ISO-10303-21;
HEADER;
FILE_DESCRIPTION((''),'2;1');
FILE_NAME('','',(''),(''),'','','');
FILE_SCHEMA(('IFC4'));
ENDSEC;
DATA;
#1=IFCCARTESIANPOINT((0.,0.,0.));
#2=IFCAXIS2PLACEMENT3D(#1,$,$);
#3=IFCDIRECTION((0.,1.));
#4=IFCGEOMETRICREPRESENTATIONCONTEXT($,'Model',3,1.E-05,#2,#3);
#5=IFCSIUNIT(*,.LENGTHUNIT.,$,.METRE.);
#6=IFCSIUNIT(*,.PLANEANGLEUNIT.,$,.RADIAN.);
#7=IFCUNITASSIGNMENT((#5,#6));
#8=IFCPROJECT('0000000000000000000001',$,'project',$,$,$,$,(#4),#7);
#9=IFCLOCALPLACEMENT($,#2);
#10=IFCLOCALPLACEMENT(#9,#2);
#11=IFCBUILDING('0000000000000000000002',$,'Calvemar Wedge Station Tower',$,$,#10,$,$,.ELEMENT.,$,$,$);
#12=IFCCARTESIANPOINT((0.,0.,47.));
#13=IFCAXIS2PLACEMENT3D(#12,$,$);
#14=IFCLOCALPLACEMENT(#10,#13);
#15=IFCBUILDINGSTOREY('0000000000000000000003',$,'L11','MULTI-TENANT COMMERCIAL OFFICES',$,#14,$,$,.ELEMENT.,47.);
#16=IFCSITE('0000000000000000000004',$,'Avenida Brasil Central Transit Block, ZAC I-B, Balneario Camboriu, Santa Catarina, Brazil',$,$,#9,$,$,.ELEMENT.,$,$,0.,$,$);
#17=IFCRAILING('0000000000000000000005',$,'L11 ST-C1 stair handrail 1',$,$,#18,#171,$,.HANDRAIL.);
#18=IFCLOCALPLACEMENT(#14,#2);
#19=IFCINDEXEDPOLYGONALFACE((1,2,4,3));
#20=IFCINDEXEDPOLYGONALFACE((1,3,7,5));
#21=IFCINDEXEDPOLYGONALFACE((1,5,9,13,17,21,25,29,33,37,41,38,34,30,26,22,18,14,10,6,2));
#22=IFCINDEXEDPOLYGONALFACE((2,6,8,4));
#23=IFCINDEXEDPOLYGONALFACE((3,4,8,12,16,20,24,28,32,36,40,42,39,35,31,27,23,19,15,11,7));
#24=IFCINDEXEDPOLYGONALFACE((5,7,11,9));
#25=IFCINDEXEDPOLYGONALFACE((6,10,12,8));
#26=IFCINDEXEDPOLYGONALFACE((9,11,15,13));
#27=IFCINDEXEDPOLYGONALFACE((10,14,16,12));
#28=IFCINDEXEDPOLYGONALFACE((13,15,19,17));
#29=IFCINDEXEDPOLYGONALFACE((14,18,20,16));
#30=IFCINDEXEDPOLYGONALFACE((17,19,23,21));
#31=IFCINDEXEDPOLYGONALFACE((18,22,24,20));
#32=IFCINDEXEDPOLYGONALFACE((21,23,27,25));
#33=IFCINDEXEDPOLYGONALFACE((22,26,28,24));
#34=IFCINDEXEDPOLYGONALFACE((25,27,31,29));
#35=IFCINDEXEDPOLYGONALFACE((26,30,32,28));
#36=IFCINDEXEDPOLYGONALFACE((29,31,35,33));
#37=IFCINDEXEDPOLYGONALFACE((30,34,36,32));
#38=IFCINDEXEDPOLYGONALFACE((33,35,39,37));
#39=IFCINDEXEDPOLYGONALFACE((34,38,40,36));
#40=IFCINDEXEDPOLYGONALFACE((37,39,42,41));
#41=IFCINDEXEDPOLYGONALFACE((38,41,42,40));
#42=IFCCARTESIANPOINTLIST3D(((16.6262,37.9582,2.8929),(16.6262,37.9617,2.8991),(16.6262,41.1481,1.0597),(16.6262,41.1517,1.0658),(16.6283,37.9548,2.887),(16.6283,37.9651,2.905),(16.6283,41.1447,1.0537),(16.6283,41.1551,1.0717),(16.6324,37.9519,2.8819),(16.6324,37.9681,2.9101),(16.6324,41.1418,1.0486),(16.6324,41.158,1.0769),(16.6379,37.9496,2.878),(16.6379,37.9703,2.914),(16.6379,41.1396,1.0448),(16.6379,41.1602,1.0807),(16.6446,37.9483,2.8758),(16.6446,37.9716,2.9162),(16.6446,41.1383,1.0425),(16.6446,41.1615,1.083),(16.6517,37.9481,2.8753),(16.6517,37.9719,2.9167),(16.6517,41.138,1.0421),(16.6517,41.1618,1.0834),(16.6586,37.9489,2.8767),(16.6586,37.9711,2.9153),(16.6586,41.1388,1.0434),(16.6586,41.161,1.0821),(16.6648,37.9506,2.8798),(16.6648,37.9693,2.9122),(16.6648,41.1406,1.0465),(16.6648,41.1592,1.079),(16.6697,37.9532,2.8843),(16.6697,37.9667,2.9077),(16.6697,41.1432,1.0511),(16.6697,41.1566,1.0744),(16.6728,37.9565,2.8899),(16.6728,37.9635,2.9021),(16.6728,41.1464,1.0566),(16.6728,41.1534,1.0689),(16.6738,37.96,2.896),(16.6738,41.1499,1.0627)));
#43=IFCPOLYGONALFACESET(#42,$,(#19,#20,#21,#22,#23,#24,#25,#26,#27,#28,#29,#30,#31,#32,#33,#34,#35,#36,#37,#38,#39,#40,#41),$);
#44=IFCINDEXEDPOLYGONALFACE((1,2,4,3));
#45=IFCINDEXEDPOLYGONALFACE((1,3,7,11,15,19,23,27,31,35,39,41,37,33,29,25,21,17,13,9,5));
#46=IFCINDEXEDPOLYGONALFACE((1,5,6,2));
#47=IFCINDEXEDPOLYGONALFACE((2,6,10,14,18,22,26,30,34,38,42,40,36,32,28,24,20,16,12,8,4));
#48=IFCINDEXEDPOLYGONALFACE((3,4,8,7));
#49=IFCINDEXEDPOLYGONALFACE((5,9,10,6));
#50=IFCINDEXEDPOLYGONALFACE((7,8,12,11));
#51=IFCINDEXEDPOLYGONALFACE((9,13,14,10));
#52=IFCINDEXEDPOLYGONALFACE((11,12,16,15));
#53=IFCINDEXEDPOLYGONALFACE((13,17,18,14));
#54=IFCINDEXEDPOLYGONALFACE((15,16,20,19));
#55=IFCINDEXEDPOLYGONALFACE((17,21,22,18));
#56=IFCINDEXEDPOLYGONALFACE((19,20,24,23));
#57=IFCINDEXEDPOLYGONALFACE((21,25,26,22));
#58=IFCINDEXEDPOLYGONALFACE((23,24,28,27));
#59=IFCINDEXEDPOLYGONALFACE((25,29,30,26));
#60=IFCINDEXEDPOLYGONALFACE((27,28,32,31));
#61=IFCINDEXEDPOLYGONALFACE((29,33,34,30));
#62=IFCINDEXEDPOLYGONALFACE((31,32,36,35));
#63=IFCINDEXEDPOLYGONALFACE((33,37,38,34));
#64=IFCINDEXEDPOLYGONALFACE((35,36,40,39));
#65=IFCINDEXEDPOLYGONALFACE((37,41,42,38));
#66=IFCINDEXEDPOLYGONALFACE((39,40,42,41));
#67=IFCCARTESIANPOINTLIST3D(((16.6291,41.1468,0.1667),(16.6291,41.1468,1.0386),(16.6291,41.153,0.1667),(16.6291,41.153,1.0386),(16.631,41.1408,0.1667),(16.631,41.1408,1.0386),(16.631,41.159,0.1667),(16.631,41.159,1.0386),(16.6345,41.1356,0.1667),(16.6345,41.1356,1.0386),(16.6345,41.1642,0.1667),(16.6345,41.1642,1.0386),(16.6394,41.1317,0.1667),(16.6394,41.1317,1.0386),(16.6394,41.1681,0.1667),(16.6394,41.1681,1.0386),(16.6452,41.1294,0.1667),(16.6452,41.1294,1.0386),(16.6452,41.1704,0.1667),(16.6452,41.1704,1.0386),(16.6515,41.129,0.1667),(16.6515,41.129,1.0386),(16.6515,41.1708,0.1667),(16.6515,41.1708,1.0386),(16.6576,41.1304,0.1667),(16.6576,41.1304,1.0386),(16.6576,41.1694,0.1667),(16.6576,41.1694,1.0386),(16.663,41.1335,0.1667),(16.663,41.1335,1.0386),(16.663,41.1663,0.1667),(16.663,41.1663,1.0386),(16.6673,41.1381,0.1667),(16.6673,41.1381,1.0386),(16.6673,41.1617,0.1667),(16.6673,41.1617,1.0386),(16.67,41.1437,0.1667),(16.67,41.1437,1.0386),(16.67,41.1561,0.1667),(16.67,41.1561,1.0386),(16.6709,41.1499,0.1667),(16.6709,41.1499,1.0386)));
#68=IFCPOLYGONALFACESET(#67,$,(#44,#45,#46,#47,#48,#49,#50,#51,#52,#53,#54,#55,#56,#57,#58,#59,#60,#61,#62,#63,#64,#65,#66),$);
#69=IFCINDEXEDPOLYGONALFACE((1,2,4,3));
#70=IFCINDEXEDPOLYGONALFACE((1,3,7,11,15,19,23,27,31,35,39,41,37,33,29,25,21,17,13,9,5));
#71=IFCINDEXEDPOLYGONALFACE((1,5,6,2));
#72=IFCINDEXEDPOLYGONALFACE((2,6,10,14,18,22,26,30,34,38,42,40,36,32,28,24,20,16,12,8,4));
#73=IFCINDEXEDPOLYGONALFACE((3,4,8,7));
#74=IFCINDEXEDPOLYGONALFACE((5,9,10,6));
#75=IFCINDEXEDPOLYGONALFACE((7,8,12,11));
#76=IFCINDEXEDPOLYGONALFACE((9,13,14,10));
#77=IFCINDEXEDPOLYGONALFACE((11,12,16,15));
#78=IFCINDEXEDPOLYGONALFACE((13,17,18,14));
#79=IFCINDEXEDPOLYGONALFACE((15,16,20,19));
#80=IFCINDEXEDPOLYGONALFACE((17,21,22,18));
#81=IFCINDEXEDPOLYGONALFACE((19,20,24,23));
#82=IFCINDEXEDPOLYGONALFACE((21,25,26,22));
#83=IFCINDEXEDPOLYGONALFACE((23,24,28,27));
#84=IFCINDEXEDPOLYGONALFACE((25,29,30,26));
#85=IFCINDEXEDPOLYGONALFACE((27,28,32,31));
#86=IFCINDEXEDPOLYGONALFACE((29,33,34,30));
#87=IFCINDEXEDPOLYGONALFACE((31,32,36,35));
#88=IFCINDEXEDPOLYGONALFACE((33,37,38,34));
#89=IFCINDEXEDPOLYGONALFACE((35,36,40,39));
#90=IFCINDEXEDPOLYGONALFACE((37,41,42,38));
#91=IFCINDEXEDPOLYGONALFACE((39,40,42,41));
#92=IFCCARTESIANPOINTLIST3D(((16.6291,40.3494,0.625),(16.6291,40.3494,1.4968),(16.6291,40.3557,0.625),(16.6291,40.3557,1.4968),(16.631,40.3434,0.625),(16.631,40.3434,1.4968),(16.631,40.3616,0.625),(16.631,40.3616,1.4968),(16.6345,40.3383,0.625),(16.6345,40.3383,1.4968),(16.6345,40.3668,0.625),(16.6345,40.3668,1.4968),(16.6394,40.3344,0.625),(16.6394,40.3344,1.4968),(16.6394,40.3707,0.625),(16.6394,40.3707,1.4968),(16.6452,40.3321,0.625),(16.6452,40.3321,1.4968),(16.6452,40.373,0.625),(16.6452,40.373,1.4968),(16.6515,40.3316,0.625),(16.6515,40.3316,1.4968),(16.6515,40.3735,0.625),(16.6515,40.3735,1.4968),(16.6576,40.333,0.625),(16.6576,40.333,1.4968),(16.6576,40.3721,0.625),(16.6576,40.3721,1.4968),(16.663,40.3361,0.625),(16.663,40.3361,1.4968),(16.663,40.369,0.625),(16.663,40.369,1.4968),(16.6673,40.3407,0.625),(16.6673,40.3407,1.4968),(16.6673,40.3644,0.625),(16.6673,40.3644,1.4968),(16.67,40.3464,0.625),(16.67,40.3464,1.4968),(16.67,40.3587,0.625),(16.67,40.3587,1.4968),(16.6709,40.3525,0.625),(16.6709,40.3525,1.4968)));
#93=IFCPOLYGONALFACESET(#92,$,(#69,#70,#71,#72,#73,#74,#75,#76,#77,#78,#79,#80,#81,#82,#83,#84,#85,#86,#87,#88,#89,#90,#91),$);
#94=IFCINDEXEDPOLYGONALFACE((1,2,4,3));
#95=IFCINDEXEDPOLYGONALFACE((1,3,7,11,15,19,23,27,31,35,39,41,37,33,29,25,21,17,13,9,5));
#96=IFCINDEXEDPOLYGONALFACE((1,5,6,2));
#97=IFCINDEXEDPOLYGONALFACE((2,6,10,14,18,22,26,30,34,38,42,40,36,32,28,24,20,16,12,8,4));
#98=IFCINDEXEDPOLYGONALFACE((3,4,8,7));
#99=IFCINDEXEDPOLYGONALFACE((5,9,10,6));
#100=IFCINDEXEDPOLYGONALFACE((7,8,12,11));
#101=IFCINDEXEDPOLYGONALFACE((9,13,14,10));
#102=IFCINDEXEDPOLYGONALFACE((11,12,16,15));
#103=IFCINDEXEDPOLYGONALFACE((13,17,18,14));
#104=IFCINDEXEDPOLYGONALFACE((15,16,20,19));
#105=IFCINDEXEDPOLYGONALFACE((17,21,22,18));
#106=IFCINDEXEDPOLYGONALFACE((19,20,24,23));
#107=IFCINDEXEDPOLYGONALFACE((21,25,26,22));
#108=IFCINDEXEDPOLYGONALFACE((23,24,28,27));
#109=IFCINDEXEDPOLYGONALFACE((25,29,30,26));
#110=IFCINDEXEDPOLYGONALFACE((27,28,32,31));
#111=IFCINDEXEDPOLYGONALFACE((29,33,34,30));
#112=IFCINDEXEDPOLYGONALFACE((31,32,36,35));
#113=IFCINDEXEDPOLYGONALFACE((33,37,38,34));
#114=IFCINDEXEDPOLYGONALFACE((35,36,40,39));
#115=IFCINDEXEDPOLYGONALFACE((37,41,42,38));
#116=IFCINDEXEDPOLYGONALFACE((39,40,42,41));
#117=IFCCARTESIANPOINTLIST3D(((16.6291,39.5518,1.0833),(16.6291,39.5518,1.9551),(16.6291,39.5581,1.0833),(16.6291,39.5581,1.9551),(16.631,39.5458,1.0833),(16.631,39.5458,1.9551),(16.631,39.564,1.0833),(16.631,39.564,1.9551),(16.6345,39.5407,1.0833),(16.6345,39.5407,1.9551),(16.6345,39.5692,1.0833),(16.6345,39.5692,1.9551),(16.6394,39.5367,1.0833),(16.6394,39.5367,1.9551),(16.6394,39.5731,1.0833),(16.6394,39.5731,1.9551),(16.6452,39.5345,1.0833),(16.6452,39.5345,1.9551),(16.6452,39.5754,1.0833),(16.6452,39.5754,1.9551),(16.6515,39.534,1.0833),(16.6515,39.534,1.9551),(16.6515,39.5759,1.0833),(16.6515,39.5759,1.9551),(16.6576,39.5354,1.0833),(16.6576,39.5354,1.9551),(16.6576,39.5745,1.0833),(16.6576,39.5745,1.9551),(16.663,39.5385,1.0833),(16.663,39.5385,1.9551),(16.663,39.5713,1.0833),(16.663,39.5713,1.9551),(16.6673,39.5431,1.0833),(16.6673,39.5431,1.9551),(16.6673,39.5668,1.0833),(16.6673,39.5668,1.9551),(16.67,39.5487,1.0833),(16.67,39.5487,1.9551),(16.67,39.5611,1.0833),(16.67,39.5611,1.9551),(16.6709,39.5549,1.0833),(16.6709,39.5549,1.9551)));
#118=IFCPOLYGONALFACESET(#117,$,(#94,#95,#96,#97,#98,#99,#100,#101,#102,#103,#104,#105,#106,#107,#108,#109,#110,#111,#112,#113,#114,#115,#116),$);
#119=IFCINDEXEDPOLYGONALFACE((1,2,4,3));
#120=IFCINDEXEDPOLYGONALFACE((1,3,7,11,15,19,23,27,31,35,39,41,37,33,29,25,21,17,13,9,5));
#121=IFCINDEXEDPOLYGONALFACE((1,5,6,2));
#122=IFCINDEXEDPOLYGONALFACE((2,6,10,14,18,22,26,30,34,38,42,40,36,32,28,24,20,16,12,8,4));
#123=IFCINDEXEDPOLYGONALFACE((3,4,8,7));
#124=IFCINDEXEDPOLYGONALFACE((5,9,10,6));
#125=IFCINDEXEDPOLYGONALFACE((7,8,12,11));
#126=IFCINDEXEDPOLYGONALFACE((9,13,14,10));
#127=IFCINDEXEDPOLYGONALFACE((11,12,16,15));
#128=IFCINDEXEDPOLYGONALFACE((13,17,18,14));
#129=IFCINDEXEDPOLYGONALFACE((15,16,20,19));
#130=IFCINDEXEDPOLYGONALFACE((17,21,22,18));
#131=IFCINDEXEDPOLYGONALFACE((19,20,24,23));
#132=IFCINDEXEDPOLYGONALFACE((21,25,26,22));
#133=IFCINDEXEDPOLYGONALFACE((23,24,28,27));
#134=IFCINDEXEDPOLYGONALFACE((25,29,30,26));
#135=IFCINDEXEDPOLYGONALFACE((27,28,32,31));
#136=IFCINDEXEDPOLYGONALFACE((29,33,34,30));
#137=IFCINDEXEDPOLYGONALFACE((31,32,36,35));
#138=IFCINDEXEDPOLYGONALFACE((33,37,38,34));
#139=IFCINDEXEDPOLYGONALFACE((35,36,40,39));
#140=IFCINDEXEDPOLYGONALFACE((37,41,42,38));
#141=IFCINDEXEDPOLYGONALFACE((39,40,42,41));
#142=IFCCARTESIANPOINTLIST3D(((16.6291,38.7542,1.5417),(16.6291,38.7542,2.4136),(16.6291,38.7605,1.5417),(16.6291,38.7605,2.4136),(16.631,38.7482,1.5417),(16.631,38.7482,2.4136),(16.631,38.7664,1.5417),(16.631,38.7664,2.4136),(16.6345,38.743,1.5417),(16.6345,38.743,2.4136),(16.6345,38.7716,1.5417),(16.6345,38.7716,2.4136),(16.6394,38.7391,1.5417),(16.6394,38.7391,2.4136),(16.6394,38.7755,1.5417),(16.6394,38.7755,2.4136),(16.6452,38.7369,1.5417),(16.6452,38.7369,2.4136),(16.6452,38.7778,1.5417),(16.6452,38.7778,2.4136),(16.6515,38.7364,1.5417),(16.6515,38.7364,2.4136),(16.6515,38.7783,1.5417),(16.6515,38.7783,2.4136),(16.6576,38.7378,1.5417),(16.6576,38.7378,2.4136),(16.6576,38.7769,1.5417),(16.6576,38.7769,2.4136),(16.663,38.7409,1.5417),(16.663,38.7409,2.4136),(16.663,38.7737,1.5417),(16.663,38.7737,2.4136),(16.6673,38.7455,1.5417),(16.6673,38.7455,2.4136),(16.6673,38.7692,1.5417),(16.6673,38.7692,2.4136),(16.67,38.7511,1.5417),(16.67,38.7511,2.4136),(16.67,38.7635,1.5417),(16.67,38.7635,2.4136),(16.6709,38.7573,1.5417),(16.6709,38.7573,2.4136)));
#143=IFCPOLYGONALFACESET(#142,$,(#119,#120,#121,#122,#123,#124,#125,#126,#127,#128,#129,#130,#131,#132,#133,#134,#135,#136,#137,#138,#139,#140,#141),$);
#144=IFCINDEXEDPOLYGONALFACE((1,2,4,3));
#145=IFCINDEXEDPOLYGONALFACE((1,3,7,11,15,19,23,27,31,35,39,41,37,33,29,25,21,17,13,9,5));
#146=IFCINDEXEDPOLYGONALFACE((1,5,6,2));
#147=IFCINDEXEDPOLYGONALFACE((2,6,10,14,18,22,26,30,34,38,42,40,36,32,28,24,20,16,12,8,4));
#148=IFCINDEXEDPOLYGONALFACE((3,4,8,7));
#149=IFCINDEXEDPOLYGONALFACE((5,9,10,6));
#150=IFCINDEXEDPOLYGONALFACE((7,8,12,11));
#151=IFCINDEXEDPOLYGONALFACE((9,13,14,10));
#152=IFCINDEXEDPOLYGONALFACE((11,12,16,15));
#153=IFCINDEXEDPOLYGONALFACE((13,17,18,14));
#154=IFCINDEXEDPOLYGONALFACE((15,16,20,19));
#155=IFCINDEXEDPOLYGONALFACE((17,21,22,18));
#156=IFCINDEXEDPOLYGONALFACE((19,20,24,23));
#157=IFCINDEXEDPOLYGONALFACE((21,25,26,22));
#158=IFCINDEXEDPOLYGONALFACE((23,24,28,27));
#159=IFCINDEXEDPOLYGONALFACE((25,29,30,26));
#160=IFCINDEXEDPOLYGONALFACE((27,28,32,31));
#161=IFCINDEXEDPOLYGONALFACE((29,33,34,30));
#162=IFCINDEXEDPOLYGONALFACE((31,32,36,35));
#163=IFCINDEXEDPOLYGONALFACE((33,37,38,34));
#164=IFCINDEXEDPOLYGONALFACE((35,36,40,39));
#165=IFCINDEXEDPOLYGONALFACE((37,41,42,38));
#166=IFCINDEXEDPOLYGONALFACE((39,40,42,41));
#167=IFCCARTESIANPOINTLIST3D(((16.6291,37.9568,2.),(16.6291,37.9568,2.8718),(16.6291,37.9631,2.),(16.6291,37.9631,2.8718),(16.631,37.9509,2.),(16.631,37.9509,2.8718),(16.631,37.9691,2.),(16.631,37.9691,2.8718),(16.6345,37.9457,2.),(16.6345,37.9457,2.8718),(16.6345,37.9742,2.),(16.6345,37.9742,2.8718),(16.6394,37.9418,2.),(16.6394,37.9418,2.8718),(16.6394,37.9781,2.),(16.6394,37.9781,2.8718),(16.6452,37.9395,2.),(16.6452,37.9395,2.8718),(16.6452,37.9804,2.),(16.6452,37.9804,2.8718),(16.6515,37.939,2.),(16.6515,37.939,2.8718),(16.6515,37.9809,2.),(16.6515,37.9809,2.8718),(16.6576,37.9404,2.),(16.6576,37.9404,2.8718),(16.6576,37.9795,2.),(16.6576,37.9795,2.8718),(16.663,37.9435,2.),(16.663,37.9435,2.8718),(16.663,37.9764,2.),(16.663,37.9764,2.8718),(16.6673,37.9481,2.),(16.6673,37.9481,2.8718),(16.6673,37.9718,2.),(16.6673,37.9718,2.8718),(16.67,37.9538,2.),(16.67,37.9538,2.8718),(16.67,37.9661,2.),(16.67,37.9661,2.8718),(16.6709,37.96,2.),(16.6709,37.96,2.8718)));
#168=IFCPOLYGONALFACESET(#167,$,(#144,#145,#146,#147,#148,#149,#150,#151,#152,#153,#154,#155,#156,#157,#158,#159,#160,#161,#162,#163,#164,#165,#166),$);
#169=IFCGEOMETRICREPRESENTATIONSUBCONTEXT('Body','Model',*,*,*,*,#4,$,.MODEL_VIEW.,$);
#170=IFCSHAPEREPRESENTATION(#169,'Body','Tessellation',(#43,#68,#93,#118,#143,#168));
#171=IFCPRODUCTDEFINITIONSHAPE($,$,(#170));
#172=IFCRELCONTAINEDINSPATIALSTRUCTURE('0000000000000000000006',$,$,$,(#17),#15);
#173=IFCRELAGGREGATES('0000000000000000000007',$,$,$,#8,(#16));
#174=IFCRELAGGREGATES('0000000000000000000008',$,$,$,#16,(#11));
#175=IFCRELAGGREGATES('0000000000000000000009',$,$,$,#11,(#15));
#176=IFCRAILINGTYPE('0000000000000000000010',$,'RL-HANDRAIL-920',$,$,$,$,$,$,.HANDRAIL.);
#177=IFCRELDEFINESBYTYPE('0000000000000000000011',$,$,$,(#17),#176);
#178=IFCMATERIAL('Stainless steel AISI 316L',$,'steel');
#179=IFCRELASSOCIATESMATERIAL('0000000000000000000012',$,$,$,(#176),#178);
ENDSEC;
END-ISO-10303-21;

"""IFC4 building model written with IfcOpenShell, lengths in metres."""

from ifc_helpers import new_model, si_unit, direction, frame, origin, origin_2d, place, context, subcontext, project, spatial, circle, extrude, material, type_object, element, save


model = new_model("IFC4")

# Units and contexts
model_context = context("Model", 3, precision=1e-05, world=origin(), true_north=direction((0.0, 1.0)))
body_context = subcontext(model_context, "Body", "Model", "MODEL_VIEW")
ifc_project = project(units=[si_unit("LENGTHUNIT", "METRE"), si_unit("PLANEANGLEUNIT", "RADIAN")], contexts=[model_context])

# Site, building, storey
site_placement = place(None, origin())
site = spatial("IfcSite", under=ifc_project, at=site_placement, Name="Avenida Brasil Central Transit Block, ZAC I-B, Balneario Camboriu, Santa Catarina, Brazil", CompositionType="ELEMENT", RefElevation=0.0)
building_placement = place(site_placement, origin())
building = spatial("IfcBuilding", under=site, at=building_placement, Name="Calvemar Wedge Station Tower", CompositionType="ELEMENT")
storey_placement = place(building_placement, frame((0.0, 0.0, 47.0)))
storey = spatial("IfcBuildingStorey", under=building, at=storey_placement, Name="L11", Description="MULTI-TENANT COMMERCIAL OFFICES", CompositionType="ELEMENT", Elevation=47.0)

# Railing
ifc_material_1 = material(Name="Stainless steel AISI 316L", Category="steel")
railing_type_1 = type_object("IfcRailingType", Name="RL-HANDRAIL-920", PredefinedType="HANDRAIL", material=ifc_material_1)
railing_1_placement = place(storey_placement, frame((16.6499, 41.1499, 0.1667)))
element("IfcRailing", 1, at=railing_1_placement, inside=storey, type_object=railing_type_1, Name="L11 ST-C1 stair handrail 1", PredefinedType="HANDRAIL", context=body_context, shape_type="SweptSolid", body=[
    extrude(circle(Radius=0.0239, at=origin_2d()), frame((0.0, 0.0, 0.896), z_axis=(0.0, -0.86702, 0.498274), x_axis=(1.0, 0.0, 0.0)), (0.0, 0.0, 1.0), 3.6792),
    extrude(circle(Radius=0.021, at=origin_2d()), origin(), (0.0, 0.0, 1.0), 0.8718),
    extrude(circle(Radius=0.021, at=origin_2d()), frame((0.0, -0.7974, 0.4583)), (0.0, 0.0, 1.0), 0.8718),
    extrude(circle(Radius=0.021, at=origin_2d()), frame((0.0, -1.595, 0.9165)), (0.0, 0.0, 1.0), 0.8718),
    extrude(circle(Radius=0.021, at=origin_2d()), frame((0.0, -2.3926, 1.375)), (0.0, 0.0, 1.0), 0.8718),
    extrude(circle(Radius=0.021, at=origin_2d()), frame((0.0, -3.1899, 1.8333)), (0.0, 0.0, 1.0), 0.8718),
])

save(model, "model.ifc")
